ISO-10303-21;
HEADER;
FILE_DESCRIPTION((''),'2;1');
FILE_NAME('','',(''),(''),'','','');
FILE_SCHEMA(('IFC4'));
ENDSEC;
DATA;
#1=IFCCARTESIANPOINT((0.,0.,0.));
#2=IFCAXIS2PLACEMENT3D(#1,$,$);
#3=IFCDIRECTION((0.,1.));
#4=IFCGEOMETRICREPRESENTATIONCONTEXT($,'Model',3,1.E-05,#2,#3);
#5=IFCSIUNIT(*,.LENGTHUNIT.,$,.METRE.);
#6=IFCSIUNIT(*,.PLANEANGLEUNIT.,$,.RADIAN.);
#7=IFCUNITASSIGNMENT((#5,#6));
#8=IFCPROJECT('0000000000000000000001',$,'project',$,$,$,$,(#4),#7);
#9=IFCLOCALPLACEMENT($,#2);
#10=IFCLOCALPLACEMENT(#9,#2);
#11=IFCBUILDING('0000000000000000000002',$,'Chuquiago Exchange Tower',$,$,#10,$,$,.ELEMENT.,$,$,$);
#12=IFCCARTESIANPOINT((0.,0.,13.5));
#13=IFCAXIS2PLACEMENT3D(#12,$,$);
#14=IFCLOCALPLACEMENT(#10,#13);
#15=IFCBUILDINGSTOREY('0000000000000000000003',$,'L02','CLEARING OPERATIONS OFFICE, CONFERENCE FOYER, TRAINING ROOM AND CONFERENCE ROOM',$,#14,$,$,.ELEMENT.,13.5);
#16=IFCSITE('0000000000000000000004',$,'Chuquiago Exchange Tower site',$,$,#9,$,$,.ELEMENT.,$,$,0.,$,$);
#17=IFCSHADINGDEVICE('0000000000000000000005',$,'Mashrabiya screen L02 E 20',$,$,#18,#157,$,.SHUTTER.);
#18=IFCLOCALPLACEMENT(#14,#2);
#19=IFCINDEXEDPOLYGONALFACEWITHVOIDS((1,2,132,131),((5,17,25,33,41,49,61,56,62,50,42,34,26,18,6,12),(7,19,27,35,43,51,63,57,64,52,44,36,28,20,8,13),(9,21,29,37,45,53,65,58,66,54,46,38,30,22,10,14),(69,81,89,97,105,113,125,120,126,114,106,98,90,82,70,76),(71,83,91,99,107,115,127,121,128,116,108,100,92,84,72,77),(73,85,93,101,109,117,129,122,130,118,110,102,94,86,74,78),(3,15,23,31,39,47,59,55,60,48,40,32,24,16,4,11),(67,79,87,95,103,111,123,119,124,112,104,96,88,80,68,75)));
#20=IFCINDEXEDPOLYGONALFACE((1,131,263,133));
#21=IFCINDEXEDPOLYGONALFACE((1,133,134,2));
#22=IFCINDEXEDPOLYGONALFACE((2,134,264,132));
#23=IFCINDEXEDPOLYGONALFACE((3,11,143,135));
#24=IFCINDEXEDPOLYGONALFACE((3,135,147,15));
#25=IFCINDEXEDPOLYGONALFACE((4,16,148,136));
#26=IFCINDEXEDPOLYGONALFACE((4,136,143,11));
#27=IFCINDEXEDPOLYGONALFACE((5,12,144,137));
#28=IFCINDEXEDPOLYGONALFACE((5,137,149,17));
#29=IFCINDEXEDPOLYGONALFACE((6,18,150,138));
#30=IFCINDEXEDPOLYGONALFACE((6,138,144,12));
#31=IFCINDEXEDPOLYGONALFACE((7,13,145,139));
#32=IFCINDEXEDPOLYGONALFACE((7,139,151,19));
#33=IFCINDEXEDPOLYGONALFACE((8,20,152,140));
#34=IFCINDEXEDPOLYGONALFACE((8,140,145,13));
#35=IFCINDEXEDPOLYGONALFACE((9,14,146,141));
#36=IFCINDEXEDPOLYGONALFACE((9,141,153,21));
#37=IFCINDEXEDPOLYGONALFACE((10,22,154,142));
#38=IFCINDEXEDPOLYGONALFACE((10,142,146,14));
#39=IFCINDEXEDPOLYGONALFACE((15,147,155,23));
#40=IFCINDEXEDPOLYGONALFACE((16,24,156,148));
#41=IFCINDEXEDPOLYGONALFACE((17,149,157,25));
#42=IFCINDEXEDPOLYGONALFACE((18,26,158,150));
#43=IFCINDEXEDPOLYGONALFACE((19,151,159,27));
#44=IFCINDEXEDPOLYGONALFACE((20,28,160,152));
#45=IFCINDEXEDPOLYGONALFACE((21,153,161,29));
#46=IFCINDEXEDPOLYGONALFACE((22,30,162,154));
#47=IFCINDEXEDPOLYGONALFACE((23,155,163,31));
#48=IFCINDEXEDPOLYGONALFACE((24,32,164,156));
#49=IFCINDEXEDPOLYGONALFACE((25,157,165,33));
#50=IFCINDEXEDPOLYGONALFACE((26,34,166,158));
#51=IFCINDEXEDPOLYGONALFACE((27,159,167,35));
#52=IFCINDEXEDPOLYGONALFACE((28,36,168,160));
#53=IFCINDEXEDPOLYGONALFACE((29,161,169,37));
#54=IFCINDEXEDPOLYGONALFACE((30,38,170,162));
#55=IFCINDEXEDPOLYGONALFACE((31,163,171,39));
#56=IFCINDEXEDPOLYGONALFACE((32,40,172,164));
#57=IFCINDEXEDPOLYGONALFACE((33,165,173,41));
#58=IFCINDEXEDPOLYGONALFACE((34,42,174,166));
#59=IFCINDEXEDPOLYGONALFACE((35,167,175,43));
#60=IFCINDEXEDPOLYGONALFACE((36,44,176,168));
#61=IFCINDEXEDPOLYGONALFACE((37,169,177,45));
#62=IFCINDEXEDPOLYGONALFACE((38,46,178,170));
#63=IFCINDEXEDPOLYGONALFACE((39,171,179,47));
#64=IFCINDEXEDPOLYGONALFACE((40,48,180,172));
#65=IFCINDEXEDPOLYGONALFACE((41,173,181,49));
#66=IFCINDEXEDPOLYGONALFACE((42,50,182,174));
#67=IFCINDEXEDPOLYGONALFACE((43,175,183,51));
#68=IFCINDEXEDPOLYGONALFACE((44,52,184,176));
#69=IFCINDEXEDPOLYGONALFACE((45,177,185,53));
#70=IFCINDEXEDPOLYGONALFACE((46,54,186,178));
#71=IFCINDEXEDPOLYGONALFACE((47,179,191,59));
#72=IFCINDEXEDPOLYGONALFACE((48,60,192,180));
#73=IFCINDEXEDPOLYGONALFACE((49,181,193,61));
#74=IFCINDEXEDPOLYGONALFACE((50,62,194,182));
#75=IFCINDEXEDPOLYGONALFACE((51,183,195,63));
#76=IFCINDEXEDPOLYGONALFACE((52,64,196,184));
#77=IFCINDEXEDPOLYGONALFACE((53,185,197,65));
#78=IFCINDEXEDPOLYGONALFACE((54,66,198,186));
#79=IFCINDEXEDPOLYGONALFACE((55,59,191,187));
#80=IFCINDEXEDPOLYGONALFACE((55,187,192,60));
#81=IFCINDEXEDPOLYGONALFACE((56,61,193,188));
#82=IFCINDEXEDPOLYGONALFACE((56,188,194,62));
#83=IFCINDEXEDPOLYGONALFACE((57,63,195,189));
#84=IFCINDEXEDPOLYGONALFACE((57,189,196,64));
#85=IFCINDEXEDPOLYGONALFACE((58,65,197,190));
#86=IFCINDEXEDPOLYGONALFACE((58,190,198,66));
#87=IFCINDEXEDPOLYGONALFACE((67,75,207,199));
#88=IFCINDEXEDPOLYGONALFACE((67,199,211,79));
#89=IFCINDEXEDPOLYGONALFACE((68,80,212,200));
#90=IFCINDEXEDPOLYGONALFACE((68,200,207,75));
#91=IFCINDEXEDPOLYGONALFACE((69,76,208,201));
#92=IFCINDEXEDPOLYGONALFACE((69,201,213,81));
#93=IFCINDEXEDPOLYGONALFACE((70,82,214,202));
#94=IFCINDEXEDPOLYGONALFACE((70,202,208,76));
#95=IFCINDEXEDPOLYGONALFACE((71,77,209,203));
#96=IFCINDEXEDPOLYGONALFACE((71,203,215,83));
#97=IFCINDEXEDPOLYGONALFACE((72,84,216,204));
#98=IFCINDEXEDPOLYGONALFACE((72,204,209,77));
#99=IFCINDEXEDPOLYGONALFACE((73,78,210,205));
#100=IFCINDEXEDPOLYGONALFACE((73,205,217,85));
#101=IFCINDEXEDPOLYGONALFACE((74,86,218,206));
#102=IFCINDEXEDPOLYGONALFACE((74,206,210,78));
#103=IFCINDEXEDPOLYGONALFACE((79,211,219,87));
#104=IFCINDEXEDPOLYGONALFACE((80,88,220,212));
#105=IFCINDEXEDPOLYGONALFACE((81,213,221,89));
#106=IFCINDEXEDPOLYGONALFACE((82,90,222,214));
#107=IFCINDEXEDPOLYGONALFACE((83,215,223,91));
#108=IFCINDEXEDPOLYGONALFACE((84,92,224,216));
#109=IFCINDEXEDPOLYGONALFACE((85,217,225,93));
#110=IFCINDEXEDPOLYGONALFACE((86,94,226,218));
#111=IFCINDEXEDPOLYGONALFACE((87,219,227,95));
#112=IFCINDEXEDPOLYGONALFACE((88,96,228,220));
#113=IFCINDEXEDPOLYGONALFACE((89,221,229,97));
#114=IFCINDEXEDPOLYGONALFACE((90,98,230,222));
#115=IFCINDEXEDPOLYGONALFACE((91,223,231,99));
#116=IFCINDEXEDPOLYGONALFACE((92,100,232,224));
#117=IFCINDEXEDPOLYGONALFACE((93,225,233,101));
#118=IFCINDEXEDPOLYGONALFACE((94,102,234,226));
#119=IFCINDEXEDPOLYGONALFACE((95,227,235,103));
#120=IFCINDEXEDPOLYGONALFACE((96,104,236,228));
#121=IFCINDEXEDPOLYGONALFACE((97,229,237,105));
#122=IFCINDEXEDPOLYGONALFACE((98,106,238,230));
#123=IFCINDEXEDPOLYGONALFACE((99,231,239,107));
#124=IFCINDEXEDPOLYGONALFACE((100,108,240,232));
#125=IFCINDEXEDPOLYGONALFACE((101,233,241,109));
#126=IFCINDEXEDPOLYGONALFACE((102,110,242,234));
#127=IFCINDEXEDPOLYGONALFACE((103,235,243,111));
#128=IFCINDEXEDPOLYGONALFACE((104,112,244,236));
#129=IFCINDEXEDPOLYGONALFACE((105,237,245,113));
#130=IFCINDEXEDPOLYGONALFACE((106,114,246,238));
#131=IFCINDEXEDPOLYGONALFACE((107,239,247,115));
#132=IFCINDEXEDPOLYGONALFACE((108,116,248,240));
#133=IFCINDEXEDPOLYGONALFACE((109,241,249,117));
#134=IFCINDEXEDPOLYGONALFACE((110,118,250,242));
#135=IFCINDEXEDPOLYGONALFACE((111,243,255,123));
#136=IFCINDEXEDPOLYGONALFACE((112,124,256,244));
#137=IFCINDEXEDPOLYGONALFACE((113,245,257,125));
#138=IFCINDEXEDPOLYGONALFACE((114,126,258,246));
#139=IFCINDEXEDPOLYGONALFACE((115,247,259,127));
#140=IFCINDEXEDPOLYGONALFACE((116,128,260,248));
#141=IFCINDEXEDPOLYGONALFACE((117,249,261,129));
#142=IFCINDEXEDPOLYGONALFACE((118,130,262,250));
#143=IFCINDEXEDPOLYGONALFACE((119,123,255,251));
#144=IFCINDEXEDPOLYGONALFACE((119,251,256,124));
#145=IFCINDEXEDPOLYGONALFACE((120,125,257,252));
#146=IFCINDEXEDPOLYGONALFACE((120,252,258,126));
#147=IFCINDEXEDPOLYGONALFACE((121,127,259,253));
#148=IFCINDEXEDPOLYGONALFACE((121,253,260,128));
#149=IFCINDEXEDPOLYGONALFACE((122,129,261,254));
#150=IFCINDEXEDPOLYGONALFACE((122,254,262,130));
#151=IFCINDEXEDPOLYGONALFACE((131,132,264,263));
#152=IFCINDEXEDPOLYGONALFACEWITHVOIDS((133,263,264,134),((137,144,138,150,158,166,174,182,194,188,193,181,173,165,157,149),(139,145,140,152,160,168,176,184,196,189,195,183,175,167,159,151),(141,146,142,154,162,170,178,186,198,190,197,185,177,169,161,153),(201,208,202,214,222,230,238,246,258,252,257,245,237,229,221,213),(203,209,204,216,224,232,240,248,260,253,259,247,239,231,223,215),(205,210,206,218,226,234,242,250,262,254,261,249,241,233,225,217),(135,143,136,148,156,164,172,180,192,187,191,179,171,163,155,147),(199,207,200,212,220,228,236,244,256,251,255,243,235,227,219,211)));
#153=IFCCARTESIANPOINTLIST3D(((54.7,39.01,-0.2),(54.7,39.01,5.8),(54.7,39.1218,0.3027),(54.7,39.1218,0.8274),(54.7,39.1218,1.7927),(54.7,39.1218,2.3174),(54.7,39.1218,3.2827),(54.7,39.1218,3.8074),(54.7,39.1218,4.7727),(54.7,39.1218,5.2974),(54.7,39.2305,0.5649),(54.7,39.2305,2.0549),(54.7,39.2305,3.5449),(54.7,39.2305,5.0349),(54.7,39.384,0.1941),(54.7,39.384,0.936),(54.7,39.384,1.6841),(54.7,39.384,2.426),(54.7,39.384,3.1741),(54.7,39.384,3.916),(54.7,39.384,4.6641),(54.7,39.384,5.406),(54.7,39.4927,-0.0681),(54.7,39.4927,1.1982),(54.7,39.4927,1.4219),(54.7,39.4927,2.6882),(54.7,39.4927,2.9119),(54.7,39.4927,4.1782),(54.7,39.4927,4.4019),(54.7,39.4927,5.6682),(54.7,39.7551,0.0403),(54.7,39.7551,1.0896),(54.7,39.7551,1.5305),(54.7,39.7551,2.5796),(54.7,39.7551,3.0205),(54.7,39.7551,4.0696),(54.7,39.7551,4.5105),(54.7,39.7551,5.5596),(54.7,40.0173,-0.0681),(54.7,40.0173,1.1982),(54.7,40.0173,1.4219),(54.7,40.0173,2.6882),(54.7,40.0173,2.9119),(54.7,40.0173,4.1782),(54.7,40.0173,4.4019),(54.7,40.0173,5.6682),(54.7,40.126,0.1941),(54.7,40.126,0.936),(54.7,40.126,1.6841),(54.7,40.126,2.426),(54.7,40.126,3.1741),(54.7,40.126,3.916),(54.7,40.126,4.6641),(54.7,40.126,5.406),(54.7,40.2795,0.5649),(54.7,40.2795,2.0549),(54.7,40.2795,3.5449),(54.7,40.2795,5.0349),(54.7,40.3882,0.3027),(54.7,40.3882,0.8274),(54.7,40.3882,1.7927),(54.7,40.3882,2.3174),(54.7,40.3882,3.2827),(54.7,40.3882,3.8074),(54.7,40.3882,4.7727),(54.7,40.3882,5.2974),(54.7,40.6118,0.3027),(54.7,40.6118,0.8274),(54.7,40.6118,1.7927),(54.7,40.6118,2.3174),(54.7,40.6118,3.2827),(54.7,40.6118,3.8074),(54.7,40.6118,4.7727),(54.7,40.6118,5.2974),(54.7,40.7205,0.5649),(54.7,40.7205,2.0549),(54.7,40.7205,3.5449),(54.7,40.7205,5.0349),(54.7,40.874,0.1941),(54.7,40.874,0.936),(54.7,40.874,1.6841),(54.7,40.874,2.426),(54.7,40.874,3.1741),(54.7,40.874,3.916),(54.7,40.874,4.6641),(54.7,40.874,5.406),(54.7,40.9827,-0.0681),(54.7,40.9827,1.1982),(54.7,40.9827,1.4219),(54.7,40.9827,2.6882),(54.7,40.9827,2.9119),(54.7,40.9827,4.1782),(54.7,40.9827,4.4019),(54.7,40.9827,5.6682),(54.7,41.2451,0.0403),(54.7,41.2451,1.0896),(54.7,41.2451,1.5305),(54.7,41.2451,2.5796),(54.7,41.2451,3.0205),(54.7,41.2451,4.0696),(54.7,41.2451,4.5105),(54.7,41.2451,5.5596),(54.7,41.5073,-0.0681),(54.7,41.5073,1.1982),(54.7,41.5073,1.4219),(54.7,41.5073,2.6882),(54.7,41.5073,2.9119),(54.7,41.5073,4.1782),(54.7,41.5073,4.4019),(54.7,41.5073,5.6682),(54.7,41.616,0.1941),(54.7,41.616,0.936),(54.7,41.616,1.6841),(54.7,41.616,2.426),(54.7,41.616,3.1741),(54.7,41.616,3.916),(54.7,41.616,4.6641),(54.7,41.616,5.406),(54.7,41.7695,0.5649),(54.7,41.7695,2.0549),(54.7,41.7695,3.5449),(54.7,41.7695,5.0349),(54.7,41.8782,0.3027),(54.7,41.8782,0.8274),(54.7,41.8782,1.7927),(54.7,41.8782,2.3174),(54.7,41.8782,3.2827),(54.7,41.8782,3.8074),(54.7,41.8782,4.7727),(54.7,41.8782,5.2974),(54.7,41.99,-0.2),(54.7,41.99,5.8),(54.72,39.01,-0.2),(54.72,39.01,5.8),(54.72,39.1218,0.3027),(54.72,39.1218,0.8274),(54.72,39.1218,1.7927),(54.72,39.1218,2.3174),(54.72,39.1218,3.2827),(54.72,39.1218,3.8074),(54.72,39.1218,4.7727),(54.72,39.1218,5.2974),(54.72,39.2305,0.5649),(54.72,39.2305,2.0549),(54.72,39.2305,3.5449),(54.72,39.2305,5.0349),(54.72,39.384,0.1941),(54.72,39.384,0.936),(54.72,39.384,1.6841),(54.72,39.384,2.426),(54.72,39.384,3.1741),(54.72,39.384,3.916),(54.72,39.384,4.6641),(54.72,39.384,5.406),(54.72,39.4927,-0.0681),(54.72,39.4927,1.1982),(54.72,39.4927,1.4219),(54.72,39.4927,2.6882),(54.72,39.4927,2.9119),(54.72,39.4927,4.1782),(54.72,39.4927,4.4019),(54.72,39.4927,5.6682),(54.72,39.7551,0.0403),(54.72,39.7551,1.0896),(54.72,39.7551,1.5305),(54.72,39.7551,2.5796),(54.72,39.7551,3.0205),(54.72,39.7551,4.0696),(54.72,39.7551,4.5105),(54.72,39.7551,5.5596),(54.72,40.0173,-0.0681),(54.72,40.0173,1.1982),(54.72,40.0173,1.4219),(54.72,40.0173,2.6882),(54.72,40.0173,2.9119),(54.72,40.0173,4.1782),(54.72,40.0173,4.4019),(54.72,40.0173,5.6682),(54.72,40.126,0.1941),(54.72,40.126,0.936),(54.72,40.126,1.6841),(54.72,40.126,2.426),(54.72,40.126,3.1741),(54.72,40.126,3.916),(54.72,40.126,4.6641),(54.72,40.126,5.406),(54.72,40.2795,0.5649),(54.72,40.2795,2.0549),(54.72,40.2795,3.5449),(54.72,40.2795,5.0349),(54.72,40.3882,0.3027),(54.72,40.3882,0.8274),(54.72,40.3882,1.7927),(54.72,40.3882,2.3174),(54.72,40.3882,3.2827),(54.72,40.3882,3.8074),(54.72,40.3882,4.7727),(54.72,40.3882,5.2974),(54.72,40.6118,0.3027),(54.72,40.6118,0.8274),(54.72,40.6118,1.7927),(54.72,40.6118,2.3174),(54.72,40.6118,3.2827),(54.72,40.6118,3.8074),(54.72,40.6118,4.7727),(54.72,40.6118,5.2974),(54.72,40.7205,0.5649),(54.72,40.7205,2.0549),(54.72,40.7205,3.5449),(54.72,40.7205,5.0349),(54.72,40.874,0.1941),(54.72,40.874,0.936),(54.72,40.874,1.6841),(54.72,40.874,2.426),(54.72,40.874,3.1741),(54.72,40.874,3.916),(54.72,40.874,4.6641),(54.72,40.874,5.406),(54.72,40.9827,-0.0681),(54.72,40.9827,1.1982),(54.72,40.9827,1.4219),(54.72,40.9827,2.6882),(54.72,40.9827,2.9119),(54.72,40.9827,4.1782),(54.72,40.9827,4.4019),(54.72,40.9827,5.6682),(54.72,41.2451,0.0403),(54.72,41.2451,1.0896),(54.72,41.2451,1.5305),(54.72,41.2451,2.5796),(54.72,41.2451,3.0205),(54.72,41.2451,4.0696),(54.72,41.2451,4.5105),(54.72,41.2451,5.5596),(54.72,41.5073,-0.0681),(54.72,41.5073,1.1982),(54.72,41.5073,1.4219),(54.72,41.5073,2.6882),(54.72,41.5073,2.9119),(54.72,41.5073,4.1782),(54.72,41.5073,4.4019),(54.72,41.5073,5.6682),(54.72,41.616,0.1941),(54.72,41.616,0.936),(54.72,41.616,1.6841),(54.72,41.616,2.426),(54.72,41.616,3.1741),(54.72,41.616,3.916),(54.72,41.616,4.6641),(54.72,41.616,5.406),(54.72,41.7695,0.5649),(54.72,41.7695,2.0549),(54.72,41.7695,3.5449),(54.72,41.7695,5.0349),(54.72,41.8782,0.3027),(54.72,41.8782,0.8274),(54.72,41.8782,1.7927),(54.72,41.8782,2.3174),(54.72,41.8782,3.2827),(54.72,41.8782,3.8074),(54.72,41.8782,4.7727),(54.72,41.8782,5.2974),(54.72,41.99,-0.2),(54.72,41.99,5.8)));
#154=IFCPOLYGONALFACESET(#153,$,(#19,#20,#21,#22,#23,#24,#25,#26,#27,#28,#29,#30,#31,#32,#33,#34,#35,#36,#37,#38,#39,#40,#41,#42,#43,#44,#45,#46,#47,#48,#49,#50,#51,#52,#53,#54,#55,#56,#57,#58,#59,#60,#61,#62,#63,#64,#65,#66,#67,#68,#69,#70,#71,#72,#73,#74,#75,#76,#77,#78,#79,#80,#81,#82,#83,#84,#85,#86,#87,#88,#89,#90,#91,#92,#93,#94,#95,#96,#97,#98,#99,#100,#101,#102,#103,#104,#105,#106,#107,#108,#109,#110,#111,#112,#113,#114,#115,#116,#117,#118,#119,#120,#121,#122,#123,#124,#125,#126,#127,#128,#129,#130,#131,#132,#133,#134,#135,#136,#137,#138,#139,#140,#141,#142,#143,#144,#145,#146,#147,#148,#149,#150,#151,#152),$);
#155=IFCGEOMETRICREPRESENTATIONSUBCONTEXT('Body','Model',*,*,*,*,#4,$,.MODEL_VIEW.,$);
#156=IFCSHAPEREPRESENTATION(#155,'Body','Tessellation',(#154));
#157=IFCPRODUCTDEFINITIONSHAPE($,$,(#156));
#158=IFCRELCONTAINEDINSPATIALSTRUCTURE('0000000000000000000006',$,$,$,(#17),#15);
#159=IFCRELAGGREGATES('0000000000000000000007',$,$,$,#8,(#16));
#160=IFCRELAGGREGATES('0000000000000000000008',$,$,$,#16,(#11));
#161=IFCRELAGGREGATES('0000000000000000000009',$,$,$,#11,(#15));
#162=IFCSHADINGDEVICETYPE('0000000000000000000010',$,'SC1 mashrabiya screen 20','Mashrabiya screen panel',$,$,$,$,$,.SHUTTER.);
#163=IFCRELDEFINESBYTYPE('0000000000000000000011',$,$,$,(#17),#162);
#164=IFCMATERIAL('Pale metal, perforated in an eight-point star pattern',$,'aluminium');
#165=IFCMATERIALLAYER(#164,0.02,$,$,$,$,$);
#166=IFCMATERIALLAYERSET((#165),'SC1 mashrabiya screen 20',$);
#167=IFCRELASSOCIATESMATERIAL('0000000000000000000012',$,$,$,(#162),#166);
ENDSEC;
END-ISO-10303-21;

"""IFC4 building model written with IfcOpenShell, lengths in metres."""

from ifc_helpers import new_model, si_unit, direction, frame, origin, place, context, subcontext, project, spatial, polyline, outline, extrude, material, layer, layer_set, type_object, element, save


model = new_model("IFC4")

# Units and contexts
model_context = context("Model", 3, precision=1e-05, world=origin(), true_north=direction((0.0, 1.0)))
body_context = subcontext(model_context, "Body", "Model", "MODEL_VIEW")
ifc_project = project(units=[si_unit("LENGTHUNIT", "METRE"), si_unit("PLANEANGLEUNIT", "RADIAN")], contexts=[model_context])

# Site, building, storey
site_placement = place(None, origin())
site = spatial("IfcSite", under=ifc_project, at=site_placement, Name="Chuquiago Exchange Tower site", CompositionType="ELEMENT", RefElevation=0.0)
building_placement = place(site_placement, origin())
building = spatial("IfcBuilding", under=site, at=building_placement, Name="Chuquiago Exchange Tower", CompositionType="ELEMENT")
storey_placement = place(building_placement, frame((0.0, 0.0, 13.5)))
storey = spatial("IfcBuildingStorey", under=building, at=storey_placement, Name="L02", Description="CLEARING OPERATIONS OFFICE, CONFERENCE FOYER, TRAINING ROOM AND CONFERENCE ROOM", CompositionType="ELEMENT", Elevation=13.5)

# Shading device
ifc_material_1 = material(Name="Pale metal, perforated in an eight-point star pattern", Category="aluminium")
ifc_layer_1 = layer(ifc_material_1, 0.02)
ifc_layer_set_1 = layer_set([ifc_layer_1], Name="SC1 mashrabiya screen 20")
shading_device_type = type_object("IfcShadingDeviceType", Name="SC1 mashrabiya screen 20", Description="Mashrabiya screen panel", PredefinedType="SHUTTER", material=ifc_layer_set_1)
shading_device_1_placement = place(storey_placement, frame((54.7, 39.01, -0.2), z_axis=(0.0, 0.0, 1.0), x_axis=(0.0, 1.0, 0.0)))
element("IfcShadingDevice", 1, at=shading_device_1_placement, inside=storey, type_object=shading_device_type, Name="Mashrabiya screen L02 E 20", PredefinedType="SHUTTER", context=body_context, shape_type="SweptSolid", body=[
    extrude(outline(polyline([(0.0, 0.0), (2.98, 0.0), (2.98, 6.0), (0.0, 6.0), (0.0, 0.0)]), holes=[polyline([(1.2695, 0.7649), (1.3782, 1.0273), (1.116, 1.136), (1.0073, 1.3982), (0.7451, 1.2896), (0.4827, 1.3982), (0.374, 1.136), (0.1118, 1.0273), (0.2205, 0.7649), (0.1118, 0.5027), (0.374, 0.394), (0.4827, 0.1318), (0.7451, 0.2402), (1.0073, 0.1318), (1.116, 0.394), (1.3782, 0.5027), (1.2695, 0.7649)]), polyline([(2.7595, 0.7649), (2.8682, 1.0273), (2.606, 1.136), (2.4973, 1.3982), (2.2351, 1.2896), (1.9727, 1.3982), (1.864, 1.136), (1.6018, 1.0273), (1.7104, 0.7649), (1.6018, 0.5027), (1.864, 0.394), (1.9727, 0.1318), (2.2351, 0.2402), (2.4973, 0.1318), (2.606, 0.394), (2.8682, 0.5027), (2.7595, 0.7649)]), polyline([(1.2695, 2.2549), (1.3782, 2.5173), (1.116, 2.626), (1.0073, 2.8882), (0.7451, 2.7795), (0.4827, 2.8882), (0.374, 2.626), (0.1118, 2.5173), (0.2205, 2.2549), (0.1118, 1.9927), (0.374, 1.884), (0.4827, 1.6218), (0.7451, 1.7305), (1.0073, 1.6218), (1.116, 1.884), (1.3782, 1.9927), (1.2695, 2.2549)]), polyline([(2.7595, 2.2549), (2.8682, 2.5173), (2.606, 2.626), (2.4973, 2.8882), (2.2351, 2.7795), (1.9727, 2.8882), (1.864, 2.626), (1.6018, 2.5173), (1.7104, 2.2549), (1.6018, 1.9927), (1.864, 1.884), (1.9727, 1.6218), (2.2351, 1.7305), (2.4973, 1.6218), (2.606, 1.884), (2.8682, 1.9927), (2.7595, 2.2549)]), polyline([(1.2695, 3.7449), (1.3782, 4.0073), (1.116, 4.116), (1.0073, 4.3782), (0.7451, 4.2695), (0.4827, 4.3782), (0.374, 4.116), (0.1118, 4.0073), (0.2205, 3.7449), (0.1118, 3.4827), (0.374, 3.374), (0.4827, 3.1118), (0.7451, 3.2205), (1.0073, 3.1118), (1.116, 3.374), (1.3782, 3.4827), (1.2695, 3.7449)]), polyline([(2.7595, 3.7449), (2.8682, 4.0073), (2.606, 4.116), (2.4973, 4.3782), (2.2351, 4.2695), (1.9727, 4.3782), (1.864, 4.116), (1.6018, 4.0073), (1.7104, 3.7449), (1.6018, 3.4827), (1.864, 3.374), (1.9727, 3.1118), (2.2351, 3.2205), (2.4973, 3.1118), (2.606, 3.374), (2.8682, 3.4827), (2.7595, 3.7449)]), polyline([(1.2695, 5.2349), (1.3782, 5.4973), (1.116, 5.606), (1.0073, 5.8682), (0.7451, 5.7595), (0.4827, 5.8682), (0.374, 5.606), (0.1118, 5.4973), (0.2205, 5.2349), (0.1118, 4.9727), (0.374, 4.864), (0.4827, 4.6018), (0.7451, 4.7104), (1.0073, 4.6018), (1.116, 4.864), (1.3782, 4.9727), (1.2695, 5.2349)]), polyline([(2.7595, 5.2349), (2.8682, 5.4973), (2.606, 5.606), (2.4973, 5.8682), (2.2351, 5.7595), (1.9727, 5.8682), (1.864, 5.606), (1.6018, 5.4973), (1.7104, 5.2349), (1.6018, 4.9727), (1.864, 4.864), (1.9727, 4.6018), (2.2351, 4.7104), (2.4973, 4.6018), (2.606, 4.864), (2.8682, 4.9727), (2.7595, 5.2349)])]), frame((0.0, 0.0, 0.0), z_axis=(0.0, -1.0, 0.0), x_axis=(1.0, 0.0, 0.0)), (0.0, 0.0, 1.0), 0.02),
])

save(model, "model.ifc")
